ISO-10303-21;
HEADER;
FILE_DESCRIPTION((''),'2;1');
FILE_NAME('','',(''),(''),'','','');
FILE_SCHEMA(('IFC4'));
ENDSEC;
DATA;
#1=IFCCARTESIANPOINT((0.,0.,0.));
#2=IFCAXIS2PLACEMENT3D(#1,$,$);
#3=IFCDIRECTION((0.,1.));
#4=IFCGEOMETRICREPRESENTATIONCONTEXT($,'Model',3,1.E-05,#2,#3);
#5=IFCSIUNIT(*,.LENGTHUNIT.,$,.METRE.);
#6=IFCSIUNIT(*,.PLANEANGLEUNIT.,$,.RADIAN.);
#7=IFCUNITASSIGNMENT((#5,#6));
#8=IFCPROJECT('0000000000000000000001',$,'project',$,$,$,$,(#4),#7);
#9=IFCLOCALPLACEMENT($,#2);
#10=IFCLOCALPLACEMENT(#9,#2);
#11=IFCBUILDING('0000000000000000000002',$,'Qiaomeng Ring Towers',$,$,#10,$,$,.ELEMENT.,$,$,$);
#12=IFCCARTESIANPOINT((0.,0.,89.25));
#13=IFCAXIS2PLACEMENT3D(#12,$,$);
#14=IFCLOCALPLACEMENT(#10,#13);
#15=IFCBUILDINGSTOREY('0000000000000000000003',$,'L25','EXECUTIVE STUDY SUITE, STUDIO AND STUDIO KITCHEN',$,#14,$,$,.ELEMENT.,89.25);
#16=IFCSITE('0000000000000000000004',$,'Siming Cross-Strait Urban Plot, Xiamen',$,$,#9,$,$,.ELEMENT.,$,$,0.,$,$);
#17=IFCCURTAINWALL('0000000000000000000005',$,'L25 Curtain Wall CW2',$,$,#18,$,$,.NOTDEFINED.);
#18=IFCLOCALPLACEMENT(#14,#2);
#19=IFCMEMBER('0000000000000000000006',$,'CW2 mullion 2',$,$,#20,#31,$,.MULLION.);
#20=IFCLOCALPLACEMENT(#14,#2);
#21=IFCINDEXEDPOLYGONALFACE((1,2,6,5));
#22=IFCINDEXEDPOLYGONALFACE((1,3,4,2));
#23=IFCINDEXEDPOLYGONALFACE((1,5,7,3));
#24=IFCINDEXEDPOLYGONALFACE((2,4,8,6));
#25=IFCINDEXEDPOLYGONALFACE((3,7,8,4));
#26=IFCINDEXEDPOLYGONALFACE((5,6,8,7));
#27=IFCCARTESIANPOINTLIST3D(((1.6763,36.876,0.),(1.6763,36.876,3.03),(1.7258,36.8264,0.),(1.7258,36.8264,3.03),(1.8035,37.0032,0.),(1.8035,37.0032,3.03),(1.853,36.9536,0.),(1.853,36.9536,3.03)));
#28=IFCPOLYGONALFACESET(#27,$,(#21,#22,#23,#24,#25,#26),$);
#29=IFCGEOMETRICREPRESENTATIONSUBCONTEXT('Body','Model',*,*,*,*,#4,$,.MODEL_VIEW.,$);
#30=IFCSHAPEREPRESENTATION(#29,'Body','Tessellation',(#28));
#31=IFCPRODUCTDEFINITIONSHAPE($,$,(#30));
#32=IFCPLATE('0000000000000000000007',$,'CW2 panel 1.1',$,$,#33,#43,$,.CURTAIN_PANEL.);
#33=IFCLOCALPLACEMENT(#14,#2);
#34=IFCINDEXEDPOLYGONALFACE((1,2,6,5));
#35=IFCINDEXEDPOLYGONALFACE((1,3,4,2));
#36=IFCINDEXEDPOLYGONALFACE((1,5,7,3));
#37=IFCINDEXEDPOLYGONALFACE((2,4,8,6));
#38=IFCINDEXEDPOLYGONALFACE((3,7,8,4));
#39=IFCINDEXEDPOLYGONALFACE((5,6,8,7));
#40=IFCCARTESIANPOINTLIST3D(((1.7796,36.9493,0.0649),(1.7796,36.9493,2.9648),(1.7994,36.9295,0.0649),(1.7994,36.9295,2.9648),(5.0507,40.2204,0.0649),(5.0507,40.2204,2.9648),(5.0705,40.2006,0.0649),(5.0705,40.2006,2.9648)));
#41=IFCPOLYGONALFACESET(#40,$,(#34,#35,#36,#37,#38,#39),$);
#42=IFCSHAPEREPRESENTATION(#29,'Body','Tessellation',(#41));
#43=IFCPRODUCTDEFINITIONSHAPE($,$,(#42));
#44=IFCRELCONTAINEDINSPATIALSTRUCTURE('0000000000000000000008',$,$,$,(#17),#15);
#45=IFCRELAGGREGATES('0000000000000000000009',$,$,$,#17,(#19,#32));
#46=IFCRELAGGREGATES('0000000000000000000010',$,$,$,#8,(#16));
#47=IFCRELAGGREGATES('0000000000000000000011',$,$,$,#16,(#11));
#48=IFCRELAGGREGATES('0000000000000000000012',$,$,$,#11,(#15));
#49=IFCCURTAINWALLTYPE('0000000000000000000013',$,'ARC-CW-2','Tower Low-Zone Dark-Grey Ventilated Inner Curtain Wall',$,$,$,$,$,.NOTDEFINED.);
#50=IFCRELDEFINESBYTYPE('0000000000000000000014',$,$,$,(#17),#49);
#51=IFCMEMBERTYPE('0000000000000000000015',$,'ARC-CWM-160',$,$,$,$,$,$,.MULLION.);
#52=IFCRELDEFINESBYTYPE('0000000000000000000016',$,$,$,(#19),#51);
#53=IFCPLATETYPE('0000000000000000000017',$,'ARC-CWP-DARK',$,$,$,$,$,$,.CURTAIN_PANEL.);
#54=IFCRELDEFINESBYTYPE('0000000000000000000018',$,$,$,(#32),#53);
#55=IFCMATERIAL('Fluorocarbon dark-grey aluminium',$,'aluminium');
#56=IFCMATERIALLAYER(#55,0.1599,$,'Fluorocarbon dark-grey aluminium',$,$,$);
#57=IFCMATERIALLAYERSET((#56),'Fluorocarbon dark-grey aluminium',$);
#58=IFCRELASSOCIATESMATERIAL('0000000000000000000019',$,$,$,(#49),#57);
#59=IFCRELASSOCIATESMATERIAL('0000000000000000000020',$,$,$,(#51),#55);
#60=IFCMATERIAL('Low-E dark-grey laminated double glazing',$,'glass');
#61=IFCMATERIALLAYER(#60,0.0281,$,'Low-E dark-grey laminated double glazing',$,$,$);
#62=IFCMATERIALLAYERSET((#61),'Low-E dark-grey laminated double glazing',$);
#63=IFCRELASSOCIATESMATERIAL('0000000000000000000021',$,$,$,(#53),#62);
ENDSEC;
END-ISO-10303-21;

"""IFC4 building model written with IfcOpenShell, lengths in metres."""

from ifc_helpers import new_model, si_unit, direction, frame, origin, origin_2d, place, context, subcontext, project, spatial, rectangle, extrude, source, transform, mapped, material, layer, layer_set, material_profile, profile_set, type_object, element, aggregate, save


model = new_model("IFC4")

# Units and contexts
model_context = context("Model", 3, precision=1e-05, world=origin(), true_north=direction((0.0, 1.0)))
body_context = subcontext(model_context, "Body", "Model", "MODEL_VIEW")
ifc_project = project(units=[si_unit("LENGTHUNIT", "METRE"), si_unit("PLANEANGLEUNIT", "RADIAN")], contexts=[model_context])

# Site, building, storey
site_placement = place(None, origin())
site = spatial("IfcSite", under=ifc_project, at=site_placement, Name="Siming Cross-Strait Urban Plot, Xiamen", CompositionType="ELEMENT", RefElevation=0.0)
building_placement = place(site_placement, origin())
building = spatial("IfcBuilding", under=site, at=building_placement, Name="Qiaomeng Ring Towers", CompositionType="ELEMENT")
storey_placement = place(building_placement, frame((0.0, 0.0, 89.25)))
storey = spatial("IfcBuildingStorey", under=building, at=storey_placement, Name="L25", Description="EXECUTIVE STUDY SUITE, STUDIO AND STUDIO KITCHEN", CompositionType="ELEMENT", Elevation=89.25)

# Curtain wall, member, plate
ifc_material_1 = material(Name="Fluorocarbon dark-grey aluminium", Category="aluminium")
ifc_layer_1 = layer(ifc_material_1, 0.1599, Name="Fluorocarbon dark-grey aluminium")
ifc_layer_set_1 = layer_set([ifc_layer_1], Name="Fluorocarbon dark-grey aluminium")
curtain_wall_type = type_object("IfcCurtainWallType", Name="ARC-CW-2", Description="Tower Low-Zone Dark-Grey Ventilated Inner Curtain Wall", PredefinedType="NOTDEFINED", material=ifc_layer_set_1)
curtain_wall_placement = place(storey_placement, origin())
curtain_wall = element("IfcCurtainWall", 1, at=curtain_wall_placement, inside=storey, type_object=curtain_wall_type, Name="L25 Curtain Wall CW2", PredefinedType="NOTDEFINED")
ifc_material_profile_1 = material_profile(ifc_material_1, rectangle(XDim=0.0701, YDim=0.1799, at=origin_2d()), Name="ALU MULL 70x180")
ifc_profile_set_1 = profile_set([ifc_material_profile_1], Name="Fluorocarbon dark-grey aluminium")
member_type_1 = type_object("IfcMemberType", Name="ARC-CWM-160", PredefinedType="MULLION", material=ifc_profile_set_1)
shared_shape_1 = source(origin(), body_context, "Body", "SweptSolid", [
    extrude(rectangle(XDim=0.0701, YDim=0.1799, at=origin_2d()), origin(), (0.0, 0.0, 1.0), 3.03),
])
member_1_placement = place(storey_placement, frame((1.7646, 36.9148, 0.0), z_axis=(0.0, 0.0, 1.0), x_axis=(0.707107, -0.707107, 0.0)))
member_1 = element("IfcMember", 2, at=member_1_placement, type_object=member_type_1, Name="CW2 mullion 2", PredefinedType="MULLION", context=body_context, shape_type="MappedRepresentation", body=[
    mapped(shared_shape_1, transform((0.0, 0.0, 0.0), x_axis=(1.0, 0.0, 0.0), y_axis=(0.0, 1.0, 0.0), z_axis=(0.0, 0.0, 1.0), scale=1.0)),
])
ifc_material_2 = material(Name="Low-E dark-grey laminated double glazing", Category="glass")
ifc_layer_2 = layer(ifc_material_2, 0.0281, Name="Low-E dark-grey laminated double glazing")
ifc_layer_set_2 = layer_set([ifc_layer_2], Name="Low-E dark-grey laminated double glazing")
plate_type = type_object("IfcPlateType", Name="ARC-CWP-DARK", PredefinedType="CURTAIN_PANEL", material=ifc_layer_set_2)
shared_shape_2 = source(origin(), body_context, "Body", "SweptSolid", [
    extrude(rectangle(XDim=4.626, YDim=0.0281, at=origin_2d()), origin(), (0.0, 0.0, 1.0), 2.8999),
])
plate_placement = place(storey_placement, frame((3.425, 38.575, 0.0649), z_axis=(0.0, 0.0, 1.0), x_axis=(-0.707107, -0.707107, 0.0)))
plate = element("IfcPlate", 3, at=plate_placement, type_object=plate_type, Name="CW2 panel 1.1", PredefinedType="CURTAIN_PANEL", context=body_context, shape_type="MappedRepresentation", body=[
    mapped(shared_shape_2, transform((0.0, 0.0, 0.0), x_axis=(1.0, 0.0, 0.0), y_axis=(0.0, 1.0, 0.0), z_axis=(0.0, 0.0, 1.0), scale=1.0)),
])
aggregate(curtain_wall, [member_1, plate])

save(model, "model.ifc")
